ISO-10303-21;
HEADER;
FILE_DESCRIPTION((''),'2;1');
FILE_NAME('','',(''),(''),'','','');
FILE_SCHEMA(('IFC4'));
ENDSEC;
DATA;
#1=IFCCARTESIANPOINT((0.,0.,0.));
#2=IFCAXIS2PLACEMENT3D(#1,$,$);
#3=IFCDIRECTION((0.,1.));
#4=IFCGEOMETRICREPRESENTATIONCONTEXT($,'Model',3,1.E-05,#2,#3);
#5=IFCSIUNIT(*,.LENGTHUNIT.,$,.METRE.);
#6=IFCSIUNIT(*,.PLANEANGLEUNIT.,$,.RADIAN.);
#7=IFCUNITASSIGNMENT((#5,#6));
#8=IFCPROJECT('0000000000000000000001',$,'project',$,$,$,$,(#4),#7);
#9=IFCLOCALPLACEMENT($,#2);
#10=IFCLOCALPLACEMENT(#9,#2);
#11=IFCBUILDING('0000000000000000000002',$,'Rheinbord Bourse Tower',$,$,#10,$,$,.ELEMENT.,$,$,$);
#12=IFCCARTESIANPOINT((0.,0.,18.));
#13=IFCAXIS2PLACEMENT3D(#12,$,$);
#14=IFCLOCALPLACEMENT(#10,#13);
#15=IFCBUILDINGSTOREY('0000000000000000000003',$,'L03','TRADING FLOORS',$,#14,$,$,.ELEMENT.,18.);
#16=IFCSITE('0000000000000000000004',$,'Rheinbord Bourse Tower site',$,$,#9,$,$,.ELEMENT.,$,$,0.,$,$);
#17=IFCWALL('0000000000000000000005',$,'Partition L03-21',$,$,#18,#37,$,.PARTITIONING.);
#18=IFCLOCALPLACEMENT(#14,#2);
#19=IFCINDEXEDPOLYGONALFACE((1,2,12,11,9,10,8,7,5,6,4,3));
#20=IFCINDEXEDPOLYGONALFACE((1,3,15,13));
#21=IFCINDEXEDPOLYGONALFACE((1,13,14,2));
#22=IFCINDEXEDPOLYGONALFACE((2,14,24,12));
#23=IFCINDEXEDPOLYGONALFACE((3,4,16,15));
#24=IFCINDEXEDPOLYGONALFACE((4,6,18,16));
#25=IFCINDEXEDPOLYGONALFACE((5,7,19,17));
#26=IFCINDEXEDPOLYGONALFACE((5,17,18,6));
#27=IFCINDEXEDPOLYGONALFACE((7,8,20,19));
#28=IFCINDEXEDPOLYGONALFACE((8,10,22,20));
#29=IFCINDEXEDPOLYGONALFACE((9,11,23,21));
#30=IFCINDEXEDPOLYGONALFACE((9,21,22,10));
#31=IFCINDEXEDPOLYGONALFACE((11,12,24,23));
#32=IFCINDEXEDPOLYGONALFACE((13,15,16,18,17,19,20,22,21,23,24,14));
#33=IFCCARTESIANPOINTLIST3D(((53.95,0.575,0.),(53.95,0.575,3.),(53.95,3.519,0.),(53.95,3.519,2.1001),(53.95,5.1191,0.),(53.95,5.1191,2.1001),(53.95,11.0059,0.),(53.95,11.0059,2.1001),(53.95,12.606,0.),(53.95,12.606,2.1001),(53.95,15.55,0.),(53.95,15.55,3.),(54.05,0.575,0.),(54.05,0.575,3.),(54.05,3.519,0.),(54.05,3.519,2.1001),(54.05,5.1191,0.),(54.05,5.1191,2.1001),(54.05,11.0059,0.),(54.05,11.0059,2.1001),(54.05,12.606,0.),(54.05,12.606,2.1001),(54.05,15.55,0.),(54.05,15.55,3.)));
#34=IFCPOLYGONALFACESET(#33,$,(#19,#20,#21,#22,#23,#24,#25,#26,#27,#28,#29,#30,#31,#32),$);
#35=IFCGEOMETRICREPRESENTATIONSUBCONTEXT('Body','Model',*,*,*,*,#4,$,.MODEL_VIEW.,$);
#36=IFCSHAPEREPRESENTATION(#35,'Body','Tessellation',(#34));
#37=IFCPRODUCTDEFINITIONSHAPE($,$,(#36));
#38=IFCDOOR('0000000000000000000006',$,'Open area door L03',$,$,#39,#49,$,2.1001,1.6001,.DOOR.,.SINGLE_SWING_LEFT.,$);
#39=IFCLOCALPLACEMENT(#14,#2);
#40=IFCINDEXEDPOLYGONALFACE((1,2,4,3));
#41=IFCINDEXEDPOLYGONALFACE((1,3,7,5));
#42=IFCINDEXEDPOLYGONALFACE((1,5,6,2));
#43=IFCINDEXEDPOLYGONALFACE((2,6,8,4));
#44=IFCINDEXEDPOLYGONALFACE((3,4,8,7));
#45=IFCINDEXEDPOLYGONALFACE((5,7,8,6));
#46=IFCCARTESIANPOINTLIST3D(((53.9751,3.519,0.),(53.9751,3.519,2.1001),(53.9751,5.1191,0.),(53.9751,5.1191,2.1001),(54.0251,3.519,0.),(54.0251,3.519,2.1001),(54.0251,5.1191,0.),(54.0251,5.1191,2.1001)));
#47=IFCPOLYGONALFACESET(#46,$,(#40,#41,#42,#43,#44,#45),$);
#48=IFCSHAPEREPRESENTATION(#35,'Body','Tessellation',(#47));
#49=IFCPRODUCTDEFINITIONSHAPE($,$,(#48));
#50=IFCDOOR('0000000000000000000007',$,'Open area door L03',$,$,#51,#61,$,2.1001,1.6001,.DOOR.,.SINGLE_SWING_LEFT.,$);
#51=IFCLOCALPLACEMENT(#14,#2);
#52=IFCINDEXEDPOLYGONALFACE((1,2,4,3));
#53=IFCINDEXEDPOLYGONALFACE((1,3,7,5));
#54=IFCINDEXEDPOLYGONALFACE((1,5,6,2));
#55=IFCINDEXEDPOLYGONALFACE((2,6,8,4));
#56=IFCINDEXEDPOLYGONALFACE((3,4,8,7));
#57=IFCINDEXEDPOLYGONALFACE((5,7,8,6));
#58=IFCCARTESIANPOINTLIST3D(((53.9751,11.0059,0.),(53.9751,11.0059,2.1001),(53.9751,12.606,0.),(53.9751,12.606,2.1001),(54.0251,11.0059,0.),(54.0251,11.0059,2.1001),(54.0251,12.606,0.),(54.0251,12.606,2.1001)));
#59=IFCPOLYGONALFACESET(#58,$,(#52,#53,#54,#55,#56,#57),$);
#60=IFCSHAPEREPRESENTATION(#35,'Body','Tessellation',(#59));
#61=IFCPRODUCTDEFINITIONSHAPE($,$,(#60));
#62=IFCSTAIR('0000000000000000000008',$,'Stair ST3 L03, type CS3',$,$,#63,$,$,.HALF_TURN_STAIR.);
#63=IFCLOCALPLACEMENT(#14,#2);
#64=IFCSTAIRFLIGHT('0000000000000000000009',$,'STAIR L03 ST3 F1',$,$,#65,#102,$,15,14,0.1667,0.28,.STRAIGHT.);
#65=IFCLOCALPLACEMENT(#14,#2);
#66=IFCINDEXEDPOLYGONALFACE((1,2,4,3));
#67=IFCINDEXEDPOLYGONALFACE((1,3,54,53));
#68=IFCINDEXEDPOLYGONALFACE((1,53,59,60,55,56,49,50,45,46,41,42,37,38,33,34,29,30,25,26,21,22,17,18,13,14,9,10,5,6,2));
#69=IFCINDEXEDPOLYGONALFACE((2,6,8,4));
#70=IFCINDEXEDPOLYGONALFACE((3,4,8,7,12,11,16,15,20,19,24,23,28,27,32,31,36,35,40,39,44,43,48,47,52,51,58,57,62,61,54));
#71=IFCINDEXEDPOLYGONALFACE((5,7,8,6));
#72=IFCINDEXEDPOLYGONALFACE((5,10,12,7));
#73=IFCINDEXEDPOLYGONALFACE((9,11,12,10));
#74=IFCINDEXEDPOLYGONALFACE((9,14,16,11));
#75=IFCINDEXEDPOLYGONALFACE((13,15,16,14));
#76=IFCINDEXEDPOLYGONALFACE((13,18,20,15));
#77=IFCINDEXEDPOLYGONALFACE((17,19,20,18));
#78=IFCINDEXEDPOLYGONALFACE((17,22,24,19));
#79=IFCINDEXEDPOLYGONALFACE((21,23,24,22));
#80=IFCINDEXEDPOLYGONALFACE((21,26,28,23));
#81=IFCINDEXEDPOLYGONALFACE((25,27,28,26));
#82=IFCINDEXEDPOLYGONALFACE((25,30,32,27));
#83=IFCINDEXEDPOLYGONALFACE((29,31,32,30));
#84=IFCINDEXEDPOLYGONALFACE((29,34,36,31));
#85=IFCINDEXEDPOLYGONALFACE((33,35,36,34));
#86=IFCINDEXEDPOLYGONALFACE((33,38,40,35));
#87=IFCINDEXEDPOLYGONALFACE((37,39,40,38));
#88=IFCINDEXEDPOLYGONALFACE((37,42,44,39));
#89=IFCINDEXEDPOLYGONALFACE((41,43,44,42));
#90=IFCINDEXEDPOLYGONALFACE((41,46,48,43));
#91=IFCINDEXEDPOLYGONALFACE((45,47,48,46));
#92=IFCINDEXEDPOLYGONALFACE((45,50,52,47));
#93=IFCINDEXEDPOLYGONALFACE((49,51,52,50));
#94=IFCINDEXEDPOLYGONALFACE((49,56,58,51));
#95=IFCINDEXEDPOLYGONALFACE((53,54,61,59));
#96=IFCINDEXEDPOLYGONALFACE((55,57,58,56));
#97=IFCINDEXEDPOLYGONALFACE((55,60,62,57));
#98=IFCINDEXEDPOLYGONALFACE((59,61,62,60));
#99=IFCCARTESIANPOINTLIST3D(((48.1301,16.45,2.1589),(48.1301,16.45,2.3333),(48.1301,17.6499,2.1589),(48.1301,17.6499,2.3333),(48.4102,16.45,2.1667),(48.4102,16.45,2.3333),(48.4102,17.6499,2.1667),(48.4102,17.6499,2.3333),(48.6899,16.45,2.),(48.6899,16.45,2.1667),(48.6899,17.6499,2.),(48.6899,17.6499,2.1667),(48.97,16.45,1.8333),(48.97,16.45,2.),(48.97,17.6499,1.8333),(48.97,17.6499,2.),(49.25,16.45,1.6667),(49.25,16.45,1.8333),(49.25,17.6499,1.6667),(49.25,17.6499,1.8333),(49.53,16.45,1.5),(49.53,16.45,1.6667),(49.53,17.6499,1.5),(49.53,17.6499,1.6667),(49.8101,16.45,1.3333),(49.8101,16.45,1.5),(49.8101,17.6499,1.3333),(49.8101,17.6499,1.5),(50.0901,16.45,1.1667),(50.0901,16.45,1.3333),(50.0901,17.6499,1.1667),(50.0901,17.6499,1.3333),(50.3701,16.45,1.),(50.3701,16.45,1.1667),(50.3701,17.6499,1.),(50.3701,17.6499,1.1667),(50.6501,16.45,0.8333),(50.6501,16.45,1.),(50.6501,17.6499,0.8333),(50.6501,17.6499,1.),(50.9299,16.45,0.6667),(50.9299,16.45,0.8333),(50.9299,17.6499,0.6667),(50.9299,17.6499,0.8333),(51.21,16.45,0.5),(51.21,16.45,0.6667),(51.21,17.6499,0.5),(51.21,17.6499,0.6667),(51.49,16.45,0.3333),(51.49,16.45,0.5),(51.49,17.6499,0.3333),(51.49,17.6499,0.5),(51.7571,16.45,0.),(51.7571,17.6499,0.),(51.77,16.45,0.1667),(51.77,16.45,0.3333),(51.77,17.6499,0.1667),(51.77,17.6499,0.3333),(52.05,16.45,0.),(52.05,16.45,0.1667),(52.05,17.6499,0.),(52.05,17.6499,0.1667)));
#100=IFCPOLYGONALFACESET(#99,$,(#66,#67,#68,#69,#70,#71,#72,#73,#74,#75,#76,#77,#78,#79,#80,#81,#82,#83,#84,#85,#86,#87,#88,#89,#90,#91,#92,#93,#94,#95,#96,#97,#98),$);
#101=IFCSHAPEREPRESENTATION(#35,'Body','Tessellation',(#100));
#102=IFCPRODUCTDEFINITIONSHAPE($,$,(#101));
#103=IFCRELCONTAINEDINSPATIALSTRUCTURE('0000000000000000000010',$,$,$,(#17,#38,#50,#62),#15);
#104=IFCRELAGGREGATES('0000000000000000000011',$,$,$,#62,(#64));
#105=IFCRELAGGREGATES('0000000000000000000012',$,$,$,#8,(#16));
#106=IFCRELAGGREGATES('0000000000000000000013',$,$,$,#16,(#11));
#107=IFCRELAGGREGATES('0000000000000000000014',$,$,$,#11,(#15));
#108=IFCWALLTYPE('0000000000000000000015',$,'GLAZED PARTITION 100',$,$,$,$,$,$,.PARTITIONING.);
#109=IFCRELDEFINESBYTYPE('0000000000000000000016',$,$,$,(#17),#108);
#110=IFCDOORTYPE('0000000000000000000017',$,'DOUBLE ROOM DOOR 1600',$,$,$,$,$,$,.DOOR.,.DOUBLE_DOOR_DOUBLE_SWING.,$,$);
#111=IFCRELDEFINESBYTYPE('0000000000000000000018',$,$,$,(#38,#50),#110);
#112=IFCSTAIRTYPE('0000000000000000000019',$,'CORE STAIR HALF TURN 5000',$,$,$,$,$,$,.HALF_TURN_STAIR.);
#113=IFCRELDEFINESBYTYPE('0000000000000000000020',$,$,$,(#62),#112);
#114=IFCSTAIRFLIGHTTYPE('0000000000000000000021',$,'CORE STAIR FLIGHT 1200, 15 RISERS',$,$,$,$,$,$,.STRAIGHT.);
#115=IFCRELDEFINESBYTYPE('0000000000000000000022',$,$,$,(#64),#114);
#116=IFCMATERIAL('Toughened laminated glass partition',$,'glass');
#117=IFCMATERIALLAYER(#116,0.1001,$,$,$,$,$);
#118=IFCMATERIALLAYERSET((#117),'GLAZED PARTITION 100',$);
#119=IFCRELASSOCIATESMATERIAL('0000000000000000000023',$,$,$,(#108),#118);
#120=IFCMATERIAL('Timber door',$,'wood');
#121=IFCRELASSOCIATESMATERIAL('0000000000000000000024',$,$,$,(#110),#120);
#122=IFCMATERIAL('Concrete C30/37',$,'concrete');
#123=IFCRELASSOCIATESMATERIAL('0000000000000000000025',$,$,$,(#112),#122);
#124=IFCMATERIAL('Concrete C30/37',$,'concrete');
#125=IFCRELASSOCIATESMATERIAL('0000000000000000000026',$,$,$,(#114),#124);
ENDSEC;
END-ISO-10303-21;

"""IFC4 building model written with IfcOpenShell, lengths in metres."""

from ifc_helpers import new_model, si_unit, direction, frame, frame_2d, origin, place, context, subcontext, project, spatial, polyline, rectangle, outline, extrude, material, layer, layer_set, type_object, element, fill, aggregate, save


model = new_model("IFC4")

# Units and contexts
model_context = context("Model", 3, precision=1e-05, world=origin(), true_north=direction((0.0, 1.0)))
body_context = subcontext(model_context, "Body", "Model", "MODEL_VIEW")
ifc_project = project(units=[si_unit("LENGTHUNIT", "METRE"), si_unit("PLANEANGLEUNIT", "RADIAN")], contexts=[model_context])

# Site, building, storey
site_placement = place(None, origin())
site = spatial("IfcSite", under=ifc_project, at=site_placement, Name="Rheinbord Bourse Tower site", CompositionType="ELEMENT", RefElevation=0.0)
building_placement = place(site_placement, origin())
building = spatial("IfcBuilding", under=site, at=building_placement, Name="Rheinbord Bourse Tower", CompositionType="ELEMENT")
storey_placement = place(building_placement, frame((0.0, 0.0, 18.0)))
storey = spatial("IfcBuildingStorey", under=building, at=storey_placement, Name="L03", Description="TRADING FLOORS", CompositionType="ELEMENT", Elevation=18.0)

# Wall, openings, doors
ifc_material_1 = material(Name="Toughened laminated glass partition", Category="glass")
ifc_layer_1 = layer(ifc_material_1, 0.1001)
ifc_layer_set_1 = layer_set([ifc_layer_1], Name="GLAZED PARTITION 100")
wall_type_1 = type_object("IfcWallType", Name="GLAZED PARTITION 100", PredefinedType="PARTITIONING", material=ifc_layer_set_1)
wall_1_placement = place(storey_placement, frame((54.0, 0.575, 0.0), z_axis=(0.0, 0.0, 1.0), x_axis=(0.0, 1.0, 0.0)))
wall_1 = element("IfcWall", 1, at=wall_1_placement, inside=storey, type_object=wall_type_1, Name="Partition L03-21", PredefinedType="PARTITIONING", context=body_context, shape_type="SweptSolid", body=[
    extrude(rectangle(XDim=14.9751, YDim=0.1001, at=frame_2d((7.4875, 0.0))), origin(), (0.0, 0.0, 1.0), 3.0),
])
opening_1_placement = place(wall_1_placement, frame((2.9441, 0.0, 0.0)))
opening_1 = element("IfcOpeningElement", 2, at=opening_1_placement, cuts=wall_1, PredefinedType="OPENING", context=body_context, shape_type="SweptSolid", body=[
    extrude(rectangle(XDim=1.6001, YDim=2.1001, at=frame_2d((0.8, 1.05))), frame((0.0, 0.0601, 0.0), z_axis=(0.0, -1.0, 0.0), x_axis=(1.0, 0.0, 0.0)), (0.0, 0.0, 1.0), 0.1201),
])
opening_2_placement = place(wall_1_placement, frame((10.4309, 0.0, 0.0)))
opening_2 = element("IfcOpeningElement", 3, at=opening_2_placement, cuts=wall_1, PredefinedType="OPENING", context=body_context, shape_type="SweptSolid", body=[
    extrude(rectangle(XDim=1.6001, YDim=2.1001, at=frame_2d((0.8, 1.05))), frame((0.0, 0.0601, 0.0), z_axis=(0.0, -1.0, 0.0), x_axis=(1.0, 0.0, 0.0)), (0.0, 0.0, 1.0), 0.1201),
])
ifc_material_2 = material(Name="Timber door", Category="wood")
door_type = type_object("IfcDoorType", Name="DOUBLE ROOM DOOR 1600", OperationType="DOUBLE_DOOR_DOUBLE_SWING", PredefinedType="DOOR", material=ifc_material_2)
door_1_placement = place(opening_1_placement, origin())
door_1 = element("IfcDoor", 4, at=door_1_placement, inside=storey, type_object=door_type, Name="Open area door L03", OperationType="SINGLE_SWING_LEFT", OverallHeight=2.1001, OverallWidth=1.6001, PredefinedType="DOOR", context=body_context, shape_type="SweptSolid", body=[
    extrude(rectangle(XDim=1.6001, YDim=2.1001, at=frame_2d((0.8, 1.05))), frame((0.0, 0.0249, 0.0), z_axis=(0.0, -1.0, 0.0), x_axis=(1.0, 0.0, 0.0)), (0.0, 0.0, 1.0), 0.05),
])
fill(opening_1, door_1)
door_2_placement = place(opening_2_placement, origin())
door_2 = element("IfcDoor", 5, at=door_2_placement, inside=storey, type_object=door_type, Name="Open area door L03", OperationType="SINGLE_SWING_LEFT", OverallHeight=2.1001, OverallWidth=1.6001, PredefinedType="DOOR", context=body_context, shape_type="SweptSolid", body=[
    extrude(rectangle(XDim=1.6001, YDim=2.1001, at=frame_2d((0.8, 1.05))), frame((0.0, 0.0249, 0.0), z_axis=(0.0, -1.0, 0.0), x_axis=(1.0, 0.0, 0.0)), (0.0, 0.0, 1.0), 0.05),
])
fill(opening_2, door_2)

# Stair, stair flight
ifc_material_3 = material(Name="Concrete C30/37", Category="concrete")
stair_type = type_object("IfcStairType", Name="CORE STAIR HALF TURN 5000", PredefinedType="HALF_TURN_STAIR", material=ifc_material_3)
stair_placement = place(storey_placement, origin())
stair = element("IfcStair", 6, at=stair_placement, inside=storey, type_object=stair_type, Name="Stair ST3 L03, type CS3", PredefinedType="HALF_TURN_STAIR")
ifc_material_4 = material(Name="Concrete C30/37", Category="concrete")
stair_flight_type = type_object("IfcStairFlightType", Name="CORE STAIR FLIGHT 1200, 15 RISERS", PredefinedType="STRAIGHT", material=ifc_material_4)
stair_flight_placement = place(storey_placement, frame((52.05, 17.05, 0.0), z_axis=(0.0, 0.0, 1.0), x_axis=(-1.0, 0.0, 0.0)))
stair_flight = element("IfcStairFlight", 7, at=stair_flight_placement, type_object=stair_flight_type, Name="STAIR L03 ST3 F1", NumberOfRisers=15, NumberOfTreads=14, PredefinedType="STRAIGHT", RiserHeight=0.1667, TreadLength=0.28, context=body_context, shape_type="SweptSolid", body=[
    extrude(outline(polyline([(0.0, 0.0), (0.0, 0.1667), (0.28, 0.1667), (0.28, 0.3333), (0.5601, 0.3333), (0.5601, 0.5), (0.8401, 0.5), (0.8401, 0.6667), (1.1201, 0.6667), (1.1201, 0.8333), (1.3999, 0.8333), (1.3999, 1.0), (1.6799, 1.0), (1.6799, 1.1667), (1.96, 1.1667), (1.96, 1.3333), (2.24, 1.3333), (2.24, 1.5), (2.52, 1.5), (2.52, 1.6667), (2.8, 1.6667), (2.8, 1.8333), (3.0801, 1.8333), (3.0801, 2.0), (3.3601, 2.0), (3.3601, 2.1667), (3.6399, 2.1667), (3.6399, 2.3333), (3.9199, 2.3333), (3.9199, 2.5), (3.9199, 2.1589), (0.293, 0.0), (0.0, 0.0)])), frame((0.0, 0.6001, 0.0), z_axis=(0.0, -1.0, 0.0), x_axis=(1.0, 0.0, 0.0)), (0.0, 0.0, 1.0), 1.2),
])
aggregate(stair, [stair_flight])

save(model, "model.ifc")
